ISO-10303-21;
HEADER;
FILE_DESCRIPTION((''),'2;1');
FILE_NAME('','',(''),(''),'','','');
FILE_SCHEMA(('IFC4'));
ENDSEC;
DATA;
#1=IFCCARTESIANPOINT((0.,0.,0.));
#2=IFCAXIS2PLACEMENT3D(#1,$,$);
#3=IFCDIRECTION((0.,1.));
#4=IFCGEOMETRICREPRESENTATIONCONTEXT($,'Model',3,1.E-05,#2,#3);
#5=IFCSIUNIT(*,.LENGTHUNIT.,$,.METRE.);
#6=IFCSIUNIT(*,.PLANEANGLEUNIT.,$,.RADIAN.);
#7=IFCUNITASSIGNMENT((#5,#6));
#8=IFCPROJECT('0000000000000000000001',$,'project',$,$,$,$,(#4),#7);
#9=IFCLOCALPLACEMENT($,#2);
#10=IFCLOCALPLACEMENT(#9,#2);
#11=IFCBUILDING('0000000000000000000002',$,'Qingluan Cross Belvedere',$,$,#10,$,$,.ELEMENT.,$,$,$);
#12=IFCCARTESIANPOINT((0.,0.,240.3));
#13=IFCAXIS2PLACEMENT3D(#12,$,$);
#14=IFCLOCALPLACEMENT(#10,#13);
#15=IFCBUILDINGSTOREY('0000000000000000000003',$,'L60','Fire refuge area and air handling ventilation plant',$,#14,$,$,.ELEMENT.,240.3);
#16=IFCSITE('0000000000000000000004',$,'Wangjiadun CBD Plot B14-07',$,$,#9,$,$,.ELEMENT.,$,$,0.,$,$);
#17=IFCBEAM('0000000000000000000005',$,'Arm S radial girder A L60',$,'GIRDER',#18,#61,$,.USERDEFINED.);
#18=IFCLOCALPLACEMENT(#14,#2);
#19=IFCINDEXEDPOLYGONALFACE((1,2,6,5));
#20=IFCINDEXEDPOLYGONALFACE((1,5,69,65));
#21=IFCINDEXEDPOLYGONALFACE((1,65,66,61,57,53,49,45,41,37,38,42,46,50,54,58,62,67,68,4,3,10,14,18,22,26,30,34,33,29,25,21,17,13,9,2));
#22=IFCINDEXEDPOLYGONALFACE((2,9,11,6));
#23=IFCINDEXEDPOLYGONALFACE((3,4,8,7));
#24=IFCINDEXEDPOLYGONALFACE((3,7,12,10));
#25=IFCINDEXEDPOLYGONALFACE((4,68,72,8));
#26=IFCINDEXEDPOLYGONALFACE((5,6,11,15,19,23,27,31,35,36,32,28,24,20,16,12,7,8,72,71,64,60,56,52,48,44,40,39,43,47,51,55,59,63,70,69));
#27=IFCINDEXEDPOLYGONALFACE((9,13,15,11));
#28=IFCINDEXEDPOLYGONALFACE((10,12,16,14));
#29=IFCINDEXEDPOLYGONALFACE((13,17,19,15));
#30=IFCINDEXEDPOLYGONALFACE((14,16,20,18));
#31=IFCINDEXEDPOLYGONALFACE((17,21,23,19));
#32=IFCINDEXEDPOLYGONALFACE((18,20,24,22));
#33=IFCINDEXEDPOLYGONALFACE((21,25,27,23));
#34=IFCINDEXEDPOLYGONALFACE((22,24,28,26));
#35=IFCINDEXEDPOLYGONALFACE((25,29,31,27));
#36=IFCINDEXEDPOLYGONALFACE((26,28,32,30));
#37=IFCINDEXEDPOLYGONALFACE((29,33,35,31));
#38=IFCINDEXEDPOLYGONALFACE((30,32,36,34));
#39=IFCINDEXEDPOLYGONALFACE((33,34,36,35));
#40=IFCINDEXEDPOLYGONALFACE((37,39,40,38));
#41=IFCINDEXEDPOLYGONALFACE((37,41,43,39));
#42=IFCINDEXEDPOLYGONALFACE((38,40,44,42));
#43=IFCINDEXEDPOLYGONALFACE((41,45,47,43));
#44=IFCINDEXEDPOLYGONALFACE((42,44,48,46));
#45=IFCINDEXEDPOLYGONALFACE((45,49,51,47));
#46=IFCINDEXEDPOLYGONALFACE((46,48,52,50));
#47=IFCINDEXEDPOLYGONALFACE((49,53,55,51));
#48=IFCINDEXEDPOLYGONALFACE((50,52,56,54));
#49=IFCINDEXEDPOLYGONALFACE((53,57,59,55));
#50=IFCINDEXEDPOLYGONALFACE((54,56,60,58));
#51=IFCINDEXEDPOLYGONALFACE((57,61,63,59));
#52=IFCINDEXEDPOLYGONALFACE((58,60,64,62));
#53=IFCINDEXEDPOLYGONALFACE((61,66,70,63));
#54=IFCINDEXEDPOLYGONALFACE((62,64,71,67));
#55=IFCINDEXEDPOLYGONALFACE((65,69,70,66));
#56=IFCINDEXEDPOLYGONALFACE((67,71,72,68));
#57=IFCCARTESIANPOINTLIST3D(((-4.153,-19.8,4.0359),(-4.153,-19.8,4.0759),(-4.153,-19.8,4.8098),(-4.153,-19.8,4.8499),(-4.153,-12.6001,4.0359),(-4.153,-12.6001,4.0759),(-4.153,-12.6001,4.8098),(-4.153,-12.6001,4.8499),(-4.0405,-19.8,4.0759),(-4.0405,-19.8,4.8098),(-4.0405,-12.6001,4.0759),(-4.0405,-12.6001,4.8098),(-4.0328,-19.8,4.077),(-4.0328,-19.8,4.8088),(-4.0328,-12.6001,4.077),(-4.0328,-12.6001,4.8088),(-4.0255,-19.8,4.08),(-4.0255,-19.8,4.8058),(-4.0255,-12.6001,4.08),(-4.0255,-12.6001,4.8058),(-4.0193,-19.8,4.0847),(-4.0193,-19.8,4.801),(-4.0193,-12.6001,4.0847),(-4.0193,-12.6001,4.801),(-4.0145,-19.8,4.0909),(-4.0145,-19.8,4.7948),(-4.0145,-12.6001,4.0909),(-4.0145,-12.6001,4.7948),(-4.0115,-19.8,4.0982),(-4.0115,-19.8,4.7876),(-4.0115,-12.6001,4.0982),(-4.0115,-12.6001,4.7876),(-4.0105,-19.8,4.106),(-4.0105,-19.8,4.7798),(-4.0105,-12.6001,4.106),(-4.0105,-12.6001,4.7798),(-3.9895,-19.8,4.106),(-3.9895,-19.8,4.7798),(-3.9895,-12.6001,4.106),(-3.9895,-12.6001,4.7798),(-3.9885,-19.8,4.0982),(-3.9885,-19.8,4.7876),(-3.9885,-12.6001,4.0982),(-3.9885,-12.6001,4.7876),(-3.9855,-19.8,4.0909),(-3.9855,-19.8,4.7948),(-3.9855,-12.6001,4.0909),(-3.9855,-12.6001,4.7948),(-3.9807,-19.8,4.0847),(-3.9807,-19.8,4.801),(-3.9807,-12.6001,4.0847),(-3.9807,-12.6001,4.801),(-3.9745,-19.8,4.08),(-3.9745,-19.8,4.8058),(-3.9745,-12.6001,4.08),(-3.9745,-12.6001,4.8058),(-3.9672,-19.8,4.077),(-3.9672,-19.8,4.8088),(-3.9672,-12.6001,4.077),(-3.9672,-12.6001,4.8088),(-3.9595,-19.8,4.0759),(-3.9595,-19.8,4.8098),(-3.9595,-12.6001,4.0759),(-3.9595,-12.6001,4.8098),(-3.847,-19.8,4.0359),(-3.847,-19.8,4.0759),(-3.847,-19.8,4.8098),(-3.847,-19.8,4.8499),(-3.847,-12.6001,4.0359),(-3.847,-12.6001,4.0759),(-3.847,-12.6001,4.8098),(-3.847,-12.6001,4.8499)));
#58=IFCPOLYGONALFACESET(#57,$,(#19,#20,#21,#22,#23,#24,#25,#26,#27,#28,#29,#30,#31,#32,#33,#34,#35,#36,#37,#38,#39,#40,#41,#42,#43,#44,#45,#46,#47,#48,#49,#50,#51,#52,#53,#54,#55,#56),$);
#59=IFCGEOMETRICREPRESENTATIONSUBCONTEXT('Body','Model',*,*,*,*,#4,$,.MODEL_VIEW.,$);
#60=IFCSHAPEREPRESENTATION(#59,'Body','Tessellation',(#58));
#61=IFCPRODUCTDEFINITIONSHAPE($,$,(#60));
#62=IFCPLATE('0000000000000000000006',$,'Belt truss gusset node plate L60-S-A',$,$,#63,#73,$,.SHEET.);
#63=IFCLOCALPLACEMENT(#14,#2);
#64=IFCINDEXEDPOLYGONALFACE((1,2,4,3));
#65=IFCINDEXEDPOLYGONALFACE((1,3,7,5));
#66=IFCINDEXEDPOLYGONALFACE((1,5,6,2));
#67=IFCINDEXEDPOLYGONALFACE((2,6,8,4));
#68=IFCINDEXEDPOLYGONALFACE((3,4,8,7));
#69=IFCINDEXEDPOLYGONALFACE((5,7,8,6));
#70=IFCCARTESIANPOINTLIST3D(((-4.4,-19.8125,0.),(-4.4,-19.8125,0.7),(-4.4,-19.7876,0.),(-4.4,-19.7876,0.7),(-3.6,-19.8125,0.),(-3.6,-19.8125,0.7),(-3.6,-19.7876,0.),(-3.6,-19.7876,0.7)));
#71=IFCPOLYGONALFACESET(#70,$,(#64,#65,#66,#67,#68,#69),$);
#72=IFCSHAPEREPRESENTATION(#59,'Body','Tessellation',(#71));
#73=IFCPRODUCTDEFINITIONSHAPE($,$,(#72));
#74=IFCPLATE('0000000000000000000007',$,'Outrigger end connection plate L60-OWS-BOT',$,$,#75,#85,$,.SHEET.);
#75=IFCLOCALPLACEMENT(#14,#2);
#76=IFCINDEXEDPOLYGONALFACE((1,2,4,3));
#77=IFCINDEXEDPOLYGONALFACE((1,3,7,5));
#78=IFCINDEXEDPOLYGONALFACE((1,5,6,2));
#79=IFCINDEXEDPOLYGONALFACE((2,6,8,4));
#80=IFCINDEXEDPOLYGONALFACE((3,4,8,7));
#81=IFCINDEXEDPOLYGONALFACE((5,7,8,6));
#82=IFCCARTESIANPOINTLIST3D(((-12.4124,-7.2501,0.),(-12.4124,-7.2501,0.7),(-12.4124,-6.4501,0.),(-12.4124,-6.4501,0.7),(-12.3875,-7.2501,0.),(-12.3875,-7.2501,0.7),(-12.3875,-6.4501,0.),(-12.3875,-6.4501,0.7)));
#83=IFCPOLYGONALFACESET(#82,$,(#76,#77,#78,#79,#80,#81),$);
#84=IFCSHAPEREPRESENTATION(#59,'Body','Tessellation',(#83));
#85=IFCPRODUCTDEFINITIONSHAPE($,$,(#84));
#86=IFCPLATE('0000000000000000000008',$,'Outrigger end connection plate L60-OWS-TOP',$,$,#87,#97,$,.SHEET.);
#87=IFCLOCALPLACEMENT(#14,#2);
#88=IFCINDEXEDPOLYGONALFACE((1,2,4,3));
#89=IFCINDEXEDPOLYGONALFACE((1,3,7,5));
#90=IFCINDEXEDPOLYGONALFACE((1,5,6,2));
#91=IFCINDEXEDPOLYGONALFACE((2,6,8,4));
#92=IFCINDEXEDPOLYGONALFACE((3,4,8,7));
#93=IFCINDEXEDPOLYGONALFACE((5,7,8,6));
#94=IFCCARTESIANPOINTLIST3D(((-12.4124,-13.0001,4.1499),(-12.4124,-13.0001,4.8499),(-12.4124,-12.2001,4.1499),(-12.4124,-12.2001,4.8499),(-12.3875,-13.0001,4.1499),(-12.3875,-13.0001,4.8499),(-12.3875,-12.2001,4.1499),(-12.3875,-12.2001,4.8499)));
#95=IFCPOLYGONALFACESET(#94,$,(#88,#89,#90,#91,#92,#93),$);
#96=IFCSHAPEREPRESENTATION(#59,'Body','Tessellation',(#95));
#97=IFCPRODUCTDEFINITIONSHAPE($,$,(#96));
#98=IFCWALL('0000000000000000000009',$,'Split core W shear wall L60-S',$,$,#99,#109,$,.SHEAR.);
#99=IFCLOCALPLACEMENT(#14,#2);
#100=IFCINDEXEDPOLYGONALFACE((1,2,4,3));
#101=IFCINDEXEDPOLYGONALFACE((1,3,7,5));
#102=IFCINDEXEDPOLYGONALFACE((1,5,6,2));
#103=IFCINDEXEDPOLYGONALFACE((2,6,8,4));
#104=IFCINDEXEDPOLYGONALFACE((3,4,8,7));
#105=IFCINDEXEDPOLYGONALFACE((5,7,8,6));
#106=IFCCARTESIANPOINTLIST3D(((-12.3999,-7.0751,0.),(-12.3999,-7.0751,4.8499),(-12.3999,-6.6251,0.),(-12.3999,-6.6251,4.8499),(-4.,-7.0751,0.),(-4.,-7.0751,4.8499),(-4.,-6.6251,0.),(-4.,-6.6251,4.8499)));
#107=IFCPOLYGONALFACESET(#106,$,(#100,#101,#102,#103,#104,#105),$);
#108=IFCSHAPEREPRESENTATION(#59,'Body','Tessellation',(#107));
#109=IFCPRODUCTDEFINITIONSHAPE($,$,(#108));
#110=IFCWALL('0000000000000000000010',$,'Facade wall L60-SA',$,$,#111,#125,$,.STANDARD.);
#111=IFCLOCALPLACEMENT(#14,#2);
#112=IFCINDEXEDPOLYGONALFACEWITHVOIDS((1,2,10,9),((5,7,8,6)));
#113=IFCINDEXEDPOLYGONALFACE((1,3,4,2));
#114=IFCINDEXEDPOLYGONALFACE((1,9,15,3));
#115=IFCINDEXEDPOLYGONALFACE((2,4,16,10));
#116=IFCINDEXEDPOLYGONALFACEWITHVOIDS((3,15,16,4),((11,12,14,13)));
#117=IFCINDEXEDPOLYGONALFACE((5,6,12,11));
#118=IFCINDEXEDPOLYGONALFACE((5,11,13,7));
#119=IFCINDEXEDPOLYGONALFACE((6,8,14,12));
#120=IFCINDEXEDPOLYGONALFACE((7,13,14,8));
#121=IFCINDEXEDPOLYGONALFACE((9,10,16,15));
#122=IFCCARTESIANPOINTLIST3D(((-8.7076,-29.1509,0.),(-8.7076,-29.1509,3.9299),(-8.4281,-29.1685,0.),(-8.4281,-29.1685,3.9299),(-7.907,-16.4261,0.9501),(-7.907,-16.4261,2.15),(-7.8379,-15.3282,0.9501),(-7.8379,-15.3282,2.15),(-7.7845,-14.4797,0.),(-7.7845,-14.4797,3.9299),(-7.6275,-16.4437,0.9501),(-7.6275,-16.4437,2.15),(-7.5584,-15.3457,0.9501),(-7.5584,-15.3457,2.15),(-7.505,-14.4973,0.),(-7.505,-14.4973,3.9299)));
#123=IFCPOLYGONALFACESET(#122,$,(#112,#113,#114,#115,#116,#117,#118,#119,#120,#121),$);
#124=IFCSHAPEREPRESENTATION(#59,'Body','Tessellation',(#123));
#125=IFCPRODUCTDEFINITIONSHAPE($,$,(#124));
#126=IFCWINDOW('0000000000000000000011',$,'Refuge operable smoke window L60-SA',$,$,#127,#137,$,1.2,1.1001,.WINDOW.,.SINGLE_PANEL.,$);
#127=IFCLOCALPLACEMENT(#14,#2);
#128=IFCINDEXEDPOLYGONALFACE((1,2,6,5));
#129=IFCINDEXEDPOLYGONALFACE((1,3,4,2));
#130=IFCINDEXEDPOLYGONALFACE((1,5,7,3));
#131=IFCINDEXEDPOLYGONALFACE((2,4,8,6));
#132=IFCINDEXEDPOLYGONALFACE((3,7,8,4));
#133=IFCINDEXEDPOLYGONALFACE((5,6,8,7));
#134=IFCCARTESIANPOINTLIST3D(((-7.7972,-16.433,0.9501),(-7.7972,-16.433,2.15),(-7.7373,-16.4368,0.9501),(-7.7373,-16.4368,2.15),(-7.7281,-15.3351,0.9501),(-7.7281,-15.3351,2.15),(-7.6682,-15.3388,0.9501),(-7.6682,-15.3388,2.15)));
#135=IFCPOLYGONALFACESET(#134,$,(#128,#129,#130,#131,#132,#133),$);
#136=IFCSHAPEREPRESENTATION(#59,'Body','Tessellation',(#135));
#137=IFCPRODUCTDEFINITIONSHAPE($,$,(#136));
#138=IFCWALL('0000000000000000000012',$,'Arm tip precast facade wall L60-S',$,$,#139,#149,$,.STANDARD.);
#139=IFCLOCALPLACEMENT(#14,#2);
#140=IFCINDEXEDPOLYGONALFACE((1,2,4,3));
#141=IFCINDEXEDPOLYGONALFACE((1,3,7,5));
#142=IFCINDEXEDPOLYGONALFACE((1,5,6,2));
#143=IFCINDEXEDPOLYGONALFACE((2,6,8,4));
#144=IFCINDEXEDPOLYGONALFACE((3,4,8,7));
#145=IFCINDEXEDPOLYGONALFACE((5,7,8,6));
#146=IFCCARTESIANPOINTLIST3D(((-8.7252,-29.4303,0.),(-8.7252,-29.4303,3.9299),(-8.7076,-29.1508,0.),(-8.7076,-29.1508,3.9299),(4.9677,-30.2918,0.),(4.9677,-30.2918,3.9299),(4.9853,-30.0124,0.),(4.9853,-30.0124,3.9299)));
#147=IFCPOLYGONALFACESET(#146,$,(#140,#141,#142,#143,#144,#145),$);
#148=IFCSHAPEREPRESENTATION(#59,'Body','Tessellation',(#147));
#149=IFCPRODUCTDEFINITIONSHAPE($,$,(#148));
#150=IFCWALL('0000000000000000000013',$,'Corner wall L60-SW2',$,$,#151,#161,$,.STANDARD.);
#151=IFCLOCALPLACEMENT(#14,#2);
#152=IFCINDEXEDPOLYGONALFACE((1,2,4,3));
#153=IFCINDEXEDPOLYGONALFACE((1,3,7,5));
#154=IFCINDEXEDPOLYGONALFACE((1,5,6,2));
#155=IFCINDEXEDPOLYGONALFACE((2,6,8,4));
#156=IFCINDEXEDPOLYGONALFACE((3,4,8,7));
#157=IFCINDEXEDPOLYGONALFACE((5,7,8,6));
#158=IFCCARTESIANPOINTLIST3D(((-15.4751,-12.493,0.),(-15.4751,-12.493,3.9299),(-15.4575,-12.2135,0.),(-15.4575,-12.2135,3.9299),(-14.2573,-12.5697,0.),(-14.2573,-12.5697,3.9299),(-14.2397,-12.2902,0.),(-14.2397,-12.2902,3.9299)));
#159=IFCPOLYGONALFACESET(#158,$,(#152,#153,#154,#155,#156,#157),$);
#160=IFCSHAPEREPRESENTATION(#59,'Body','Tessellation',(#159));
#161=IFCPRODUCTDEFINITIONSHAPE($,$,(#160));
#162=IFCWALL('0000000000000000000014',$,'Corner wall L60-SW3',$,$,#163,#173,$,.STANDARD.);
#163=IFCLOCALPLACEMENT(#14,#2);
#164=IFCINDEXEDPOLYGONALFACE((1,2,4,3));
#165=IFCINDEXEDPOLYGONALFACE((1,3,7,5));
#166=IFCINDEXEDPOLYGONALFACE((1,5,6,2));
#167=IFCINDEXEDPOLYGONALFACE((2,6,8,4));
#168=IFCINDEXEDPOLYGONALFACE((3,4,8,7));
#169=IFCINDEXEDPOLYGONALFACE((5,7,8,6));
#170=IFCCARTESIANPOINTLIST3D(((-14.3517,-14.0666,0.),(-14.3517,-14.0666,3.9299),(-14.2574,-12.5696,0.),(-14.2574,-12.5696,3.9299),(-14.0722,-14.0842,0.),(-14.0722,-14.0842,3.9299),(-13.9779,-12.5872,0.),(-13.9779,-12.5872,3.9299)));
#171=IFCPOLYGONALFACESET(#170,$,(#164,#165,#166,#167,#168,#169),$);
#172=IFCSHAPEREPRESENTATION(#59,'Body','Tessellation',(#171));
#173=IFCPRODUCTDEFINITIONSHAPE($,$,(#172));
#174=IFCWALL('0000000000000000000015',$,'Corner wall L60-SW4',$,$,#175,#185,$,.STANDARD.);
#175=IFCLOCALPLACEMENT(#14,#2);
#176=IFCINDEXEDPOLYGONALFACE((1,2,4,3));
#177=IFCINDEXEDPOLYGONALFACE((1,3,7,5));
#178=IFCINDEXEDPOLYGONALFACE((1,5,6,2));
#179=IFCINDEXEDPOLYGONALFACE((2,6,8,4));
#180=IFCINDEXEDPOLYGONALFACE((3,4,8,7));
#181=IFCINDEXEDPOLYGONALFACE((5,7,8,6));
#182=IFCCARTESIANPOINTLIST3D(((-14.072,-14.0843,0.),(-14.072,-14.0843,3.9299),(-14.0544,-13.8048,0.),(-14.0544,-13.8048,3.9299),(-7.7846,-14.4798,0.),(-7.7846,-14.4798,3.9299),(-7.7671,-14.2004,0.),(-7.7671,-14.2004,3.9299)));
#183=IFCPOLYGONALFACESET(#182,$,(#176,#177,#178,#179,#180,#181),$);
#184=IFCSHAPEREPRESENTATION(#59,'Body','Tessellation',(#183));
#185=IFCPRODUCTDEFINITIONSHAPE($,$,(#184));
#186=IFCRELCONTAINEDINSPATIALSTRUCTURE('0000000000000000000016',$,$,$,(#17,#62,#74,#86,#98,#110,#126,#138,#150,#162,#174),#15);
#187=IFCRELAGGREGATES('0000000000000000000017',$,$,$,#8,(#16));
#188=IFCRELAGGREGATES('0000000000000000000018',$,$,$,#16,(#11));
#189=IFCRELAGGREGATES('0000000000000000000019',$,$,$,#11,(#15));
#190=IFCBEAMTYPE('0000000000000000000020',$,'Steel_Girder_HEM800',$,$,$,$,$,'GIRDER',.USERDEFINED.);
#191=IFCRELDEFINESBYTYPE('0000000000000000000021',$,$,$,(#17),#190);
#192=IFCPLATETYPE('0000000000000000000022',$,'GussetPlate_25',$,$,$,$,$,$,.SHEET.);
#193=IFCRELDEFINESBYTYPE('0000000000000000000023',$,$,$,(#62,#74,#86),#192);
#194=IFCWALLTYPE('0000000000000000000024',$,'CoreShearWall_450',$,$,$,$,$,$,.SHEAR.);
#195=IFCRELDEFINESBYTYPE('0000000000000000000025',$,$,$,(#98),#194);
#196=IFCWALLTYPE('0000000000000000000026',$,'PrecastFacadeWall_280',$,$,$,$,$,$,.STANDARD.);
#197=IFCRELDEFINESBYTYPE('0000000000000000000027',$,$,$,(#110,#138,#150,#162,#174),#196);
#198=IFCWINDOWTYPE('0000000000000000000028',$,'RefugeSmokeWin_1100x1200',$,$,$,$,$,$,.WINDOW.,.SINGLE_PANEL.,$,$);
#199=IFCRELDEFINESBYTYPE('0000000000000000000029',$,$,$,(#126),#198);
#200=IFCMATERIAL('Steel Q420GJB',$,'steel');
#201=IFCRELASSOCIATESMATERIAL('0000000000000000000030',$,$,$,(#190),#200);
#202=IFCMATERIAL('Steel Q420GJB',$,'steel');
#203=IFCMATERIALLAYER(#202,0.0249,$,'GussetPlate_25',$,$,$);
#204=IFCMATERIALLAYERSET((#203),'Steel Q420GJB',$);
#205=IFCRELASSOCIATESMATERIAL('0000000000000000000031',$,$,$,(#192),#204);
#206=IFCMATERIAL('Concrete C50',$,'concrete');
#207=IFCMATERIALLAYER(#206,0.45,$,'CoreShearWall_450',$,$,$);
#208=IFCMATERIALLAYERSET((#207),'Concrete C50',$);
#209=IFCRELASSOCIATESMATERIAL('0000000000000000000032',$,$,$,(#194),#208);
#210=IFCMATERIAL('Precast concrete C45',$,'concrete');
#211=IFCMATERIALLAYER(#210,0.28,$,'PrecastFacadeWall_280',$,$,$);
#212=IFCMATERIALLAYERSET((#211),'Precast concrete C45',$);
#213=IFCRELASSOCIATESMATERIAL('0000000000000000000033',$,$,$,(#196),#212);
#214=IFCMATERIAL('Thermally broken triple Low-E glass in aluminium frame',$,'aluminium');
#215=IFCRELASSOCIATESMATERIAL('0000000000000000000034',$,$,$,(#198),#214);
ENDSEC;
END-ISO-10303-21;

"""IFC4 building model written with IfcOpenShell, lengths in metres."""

from ifc_helpers import new_model, si_unit, direction, frame, frame_2d, origin, origin_2d, place, context, subcontext, project, spatial, rectangle, i_section, extrude, material, layer, layer_set, material_profile, profile_set, type_object, element, fill, save


model = new_model("IFC4")

# Units and contexts
model_context = context("Model", 3, precision=1e-05, world=origin(), true_north=direction((0.0, 1.0)))
body_context = subcontext(model_context, "Body", "Model", "MODEL_VIEW")
ifc_project = project(units=[si_unit("LENGTHUNIT", "METRE"), si_unit("PLANEANGLEUNIT", "RADIAN")], contexts=[model_context])

# Site, building, storey
site_placement = place(None, origin())
site = spatial("IfcSite", under=ifc_project, at=site_placement, Name="Wangjiadun CBD Plot B14-07", CompositionType="ELEMENT", RefElevation=0.0)
building_placement = place(site_placement, origin())
building = spatial("IfcBuilding", under=site, at=building_placement, Name="Qingluan Cross Belvedere", CompositionType="ELEMENT")
storey_placement = place(building_placement, frame((0.0, 0.0, 240.3)))
storey = spatial("IfcBuildingStorey", under=building, at=storey_placement, Name="L60", Description="Fire refuge area and air handling ventilation plant", CompositionType="ELEMENT", Elevation=240.3)

# Beam
ifc_material_1 = material(Name="Steel Q420GJB", Category="steel")
ifc_material_profile_1 = material_profile(ifc_material_1, i_section(OverallWidth=0.3059, OverallDepth=0.814, WebThickness=0.021, FlangeThickness=0.04, FilletRadius=0.03, at=origin_2d()), Name="HEM800")
ifc_profile_set_1 = profile_set([ifc_material_profile_1], Name="Steel Q420GJB")
beam_type_1 = type_object("IfcBeamType", Name="Steel_Girder_HEM800", ElementType="GIRDER", PredefinedType="USERDEFINED", material=ifc_profile_set_1)
beam_1_placement = place(storey_placement, frame((-4.0, -12.6001, 4.4429), z_axis=(0.0, -1.0, 0.0), x_axis=(1.0, 0.0, 0.0)))
element("IfcBeam", 1, at=beam_1_placement, inside=storey, type_object=beam_type_1, Name="Arm S radial girder A L60", ObjectType="GIRDER", PredefinedType="USERDEFINED", context=body_context, shape_type="SweptSolid", body=[
    extrude(i_section(OverallWidth=0.3059, OverallDepth=0.814, WebThickness=0.021, FlangeThickness=0.04, FilletRadius=0.03, at=origin_2d()), origin(), (0.0, 0.0, 1.0), 7.2),
])

# Plates
ifc_material_2 = material(Name="Steel Q420GJB", Category="steel")
ifc_layer_1 = layer(ifc_material_2, 0.0249, Name="GussetPlate_25")
ifc_layer_set_1 = layer_set([ifc_layer_1], Name="Steel Q420GJB")
plate_type = type_object("IfcPlateType", Name="GussetPlate_25", PredefinedType="SHEET", material=ifc_layer_set_1)
for number, where, z_axis, x_axis, name in (
    (2, (-4.0, -19.8, 0.0), (0.0, 0.0, 1.0), (1.0, 0.0, 0.0), "Belt truss gusset node plate L60-S-A"),
    (3, (-12.3999, -6.8501, 0.0), (0.0, 0.0, 1.0), (0.0, 1.0, 0.0), "Outrigger end connection plate L60-OWS-BOT"),
    (4, (-12.3999, -12.6001, 4.1499), (0.0, 0.0, 1.0), (0.0, 1.0, 0.0), "Outrigger end connection plate L60-OWS-TOP"),
):
    element("IfcPlate", number, at=place(storey_placement, frame(where, z_axis=z_axis, x_axis=x_axis)), inside=storey, type_object=plate_type, Name=name, PredefinedType="SHEET", context=body_context, shape_type="SweptSolid", body=[
        extrude(rectangle(XDim=0.8, YDim=0.0249, at=origin_2d()), origin(), (0.0, 0.0, 1.0), 0.7),
    ])

# Wall
ifc_material_3 = material(Name="Concrete C50", Category="concrete")
ifc_layer_2 = layer(ifc_material_3, 0.45, Name="CoreShearWall_450")
ifc_layer_set_2 = layer_set([ifc_layer_2], Name="Concrete C50")
wall_type_1 = type_object("IfcWallType", Name="CoreShearWall_450", PredefinedType="SHEAR", material=ifc_layer_set_2)
wall_1_placement = place(storey_placement, frame((-12.3999, -6.8501, 0.0), z_axis=(0.0, 0.0, 1.0), x_axis=(1.0, 0.0, 0.0)))
element("IfcWall", 5, at=wall_1_placement, inside=storey, type_object=wall_type_1, Name="Split core W shear wall L60-S", PredefinedType="SHEAR", context=body_context, shape_type="SweptSolid", body=[
    extrude(rectangle(XDim=8.3999, YDim=0.45, at=frame_2d((4.2, 0.0))), origin(), (0.0, 0.0, 1.0), 4.8499),
])

# Wall, opening, window
ifc_material_4 = material(Name="Precast concrete C45", Category="concrete")
ifc_layer_3 = layer(ifc_material_4, 0.28, Name="PrecastFacadeWall_280")
ifc_layer_set_3 = layer_set([ifc_layer_3], Name="Precast concrete C45")
wall_type_2 = type_object("IfcWallType", Name="PrecastFacadeWall_280", PredefinedType="STANDARD", material=ifc_layer_set_3)
wall_2_placement = place(storey_placement, frame((-7.6448, -14.4885, 0.0), z_axis=(0.0, 0.0, 1.0), x_axis=(-0.062795, -0.998026, 0.0)))
wall_2 = element("IfcWall", 6, at=wall_2_placement, inside=storey, type_object=wall_type_2, Name="Facade wall L60-SA", PredefinedType="STANDARD", context=body_context, shape_type="SweptSolid", body=[
    extrude(rectangle(XDim=14.7002, YDim=0.28, at=frame_2d((7.3501, 0.0))), origin(), (0.0, 0.0, 1.0), 3.9299),
])
opening_placement = place(wall_2_placement, frame((0.8501, 0.0, 0.95)))
opening = element("IfcOpeningElement", 7, at=opening_placement, cuts=wall_2, PredefinedType="OPENING", context=body_context, shape_type="SweptSolid", body=[
    extrude(rectangle(XDim=1.1001, YDim=1.2, at=frame_2d((0.55, 0.6001))), frame((0.0, 0.1499, 0.0), z_axis=(0.0, -1.0, 0.0), x_axis=(1.0, 0.0, 0.0)), (0.0, 0.0, 1.0), 0.3),
])
ifc_material_5 = material(Name="Thermally broken triple Low-E glass in aluminium frame", Category="aluminium")
window_type = type_object("IfcWindowType", Name="RefugeSmokeWin_1100x1200", PartitioningType="SINGLE_PANEL", PredefinedType="WINDOW", material=ifc_material_5)
window_placement = place(opening_placement, origin())
window = element("IfcWindow", 8, at=window_placement, inside=storey, type_object=window_type, Name="Refuge operable smoke window L60-SA", OverallHeight=1.2, OverallWidth=1.1001, PartitioningType="SINGLE_PANEL", PredefinedType="WINDOW", context=body_context, shape_type="SweptSolid", body=[
    extrude(rectangle(XDim=1.1001, YDim=1.2, at=frame_2d((0.55, 0.6001))), frame((0.0, 0.03, 0.0), z_axis=(0.0, -1.0, 0.0), x_axis=(1.0, 0.0, 0.0)), (0.0, 0.0, 1.0), 0.0601),
])
fill(opening, window)

# Walls
wall_3_placement = place(storey_placement, frame((-8.7163, -29.2905, 0.0), z_axis=(0.0, 0.0, 1.0), x_axis=(0.998026, -0.062797, 0.0)))
element("IfcWall", 9, at=wall_3_placement, inside=storey, type_object=wall_type_2, Name="Arm tip precast facade wall L60-S", PredefinedType="STANDARD", context=body_context, shape_type="SweptSolid", body=[
    extrude(rectangle(XDim=13.72, YDim=0.28, at=frame_2d((6.8599, 0.0))), origin(), (0.0, 0.0, 1.0), 3.9299),
])
wall_4_placement = place(storey_placement, frame((-15.4663, -12.3533, 0.0), z_axis=(0.0, 0.0, 1.0), x_axis=(0.998024, -0.062827, 0.0)))
element("IfcWall", 10, at=wall_4_placement, inside=storey, type_object=wall_type_2, Name="Corner wall L60-SW2", PredefinedType="STANDARD", context=body_context, shape_type="SweptSolid", body=[
    extrude(rectangle(XDim=1.2202, YDim=0.28, at=frame_2d((0.6101, 0.0))), origin(), (0.0, 0.0, 1.0), 3.9299),
])
wall_5_placement = place(storey_placement, frame((-14.1177, -12.5784, 0.0), z_axis=(0.0, 0.0, 1.0), x_axis=(-0.062824, -0.998025, 0.0)))
element("IfcWall", 11, at=wall_5_placement, inside=storey, type_object=wall_type_2, Name="Corner wall L60-SW3", PredefinedType="STANDARD", context=body_context, shape_type="SweptSolid", body=[
    extrude(rectangle(XDim=1.5, YDim=0.28, at=frame_2d((0.75, 0.0))), origin(), (0.0, 0.0, 1.0), 3.9299),
])
wall_6_placement = place(storey_placement, frame((-14.0632, -13.9446, 0.0), z_axis=(0.0, 0.0, 1.0), x_axis=(0.998027, -0.062781, 0.0)))
element("IfcWall", 12, at=wall_6_placement, inside=storey, type_object=wall_type_2, Name="Corner wall L60-SW4", PredefinedType="STANDARD", context=body_context, shape_type="SweptSolid", body=[
    extrude(rectangle(XDim=6.2998, YDim=0.28, at=frame_2d((3.1499, 0.0))), origin(), (0.0, 0.0, 1.0), 3.9299),
])

save(model, "model.ifc")
